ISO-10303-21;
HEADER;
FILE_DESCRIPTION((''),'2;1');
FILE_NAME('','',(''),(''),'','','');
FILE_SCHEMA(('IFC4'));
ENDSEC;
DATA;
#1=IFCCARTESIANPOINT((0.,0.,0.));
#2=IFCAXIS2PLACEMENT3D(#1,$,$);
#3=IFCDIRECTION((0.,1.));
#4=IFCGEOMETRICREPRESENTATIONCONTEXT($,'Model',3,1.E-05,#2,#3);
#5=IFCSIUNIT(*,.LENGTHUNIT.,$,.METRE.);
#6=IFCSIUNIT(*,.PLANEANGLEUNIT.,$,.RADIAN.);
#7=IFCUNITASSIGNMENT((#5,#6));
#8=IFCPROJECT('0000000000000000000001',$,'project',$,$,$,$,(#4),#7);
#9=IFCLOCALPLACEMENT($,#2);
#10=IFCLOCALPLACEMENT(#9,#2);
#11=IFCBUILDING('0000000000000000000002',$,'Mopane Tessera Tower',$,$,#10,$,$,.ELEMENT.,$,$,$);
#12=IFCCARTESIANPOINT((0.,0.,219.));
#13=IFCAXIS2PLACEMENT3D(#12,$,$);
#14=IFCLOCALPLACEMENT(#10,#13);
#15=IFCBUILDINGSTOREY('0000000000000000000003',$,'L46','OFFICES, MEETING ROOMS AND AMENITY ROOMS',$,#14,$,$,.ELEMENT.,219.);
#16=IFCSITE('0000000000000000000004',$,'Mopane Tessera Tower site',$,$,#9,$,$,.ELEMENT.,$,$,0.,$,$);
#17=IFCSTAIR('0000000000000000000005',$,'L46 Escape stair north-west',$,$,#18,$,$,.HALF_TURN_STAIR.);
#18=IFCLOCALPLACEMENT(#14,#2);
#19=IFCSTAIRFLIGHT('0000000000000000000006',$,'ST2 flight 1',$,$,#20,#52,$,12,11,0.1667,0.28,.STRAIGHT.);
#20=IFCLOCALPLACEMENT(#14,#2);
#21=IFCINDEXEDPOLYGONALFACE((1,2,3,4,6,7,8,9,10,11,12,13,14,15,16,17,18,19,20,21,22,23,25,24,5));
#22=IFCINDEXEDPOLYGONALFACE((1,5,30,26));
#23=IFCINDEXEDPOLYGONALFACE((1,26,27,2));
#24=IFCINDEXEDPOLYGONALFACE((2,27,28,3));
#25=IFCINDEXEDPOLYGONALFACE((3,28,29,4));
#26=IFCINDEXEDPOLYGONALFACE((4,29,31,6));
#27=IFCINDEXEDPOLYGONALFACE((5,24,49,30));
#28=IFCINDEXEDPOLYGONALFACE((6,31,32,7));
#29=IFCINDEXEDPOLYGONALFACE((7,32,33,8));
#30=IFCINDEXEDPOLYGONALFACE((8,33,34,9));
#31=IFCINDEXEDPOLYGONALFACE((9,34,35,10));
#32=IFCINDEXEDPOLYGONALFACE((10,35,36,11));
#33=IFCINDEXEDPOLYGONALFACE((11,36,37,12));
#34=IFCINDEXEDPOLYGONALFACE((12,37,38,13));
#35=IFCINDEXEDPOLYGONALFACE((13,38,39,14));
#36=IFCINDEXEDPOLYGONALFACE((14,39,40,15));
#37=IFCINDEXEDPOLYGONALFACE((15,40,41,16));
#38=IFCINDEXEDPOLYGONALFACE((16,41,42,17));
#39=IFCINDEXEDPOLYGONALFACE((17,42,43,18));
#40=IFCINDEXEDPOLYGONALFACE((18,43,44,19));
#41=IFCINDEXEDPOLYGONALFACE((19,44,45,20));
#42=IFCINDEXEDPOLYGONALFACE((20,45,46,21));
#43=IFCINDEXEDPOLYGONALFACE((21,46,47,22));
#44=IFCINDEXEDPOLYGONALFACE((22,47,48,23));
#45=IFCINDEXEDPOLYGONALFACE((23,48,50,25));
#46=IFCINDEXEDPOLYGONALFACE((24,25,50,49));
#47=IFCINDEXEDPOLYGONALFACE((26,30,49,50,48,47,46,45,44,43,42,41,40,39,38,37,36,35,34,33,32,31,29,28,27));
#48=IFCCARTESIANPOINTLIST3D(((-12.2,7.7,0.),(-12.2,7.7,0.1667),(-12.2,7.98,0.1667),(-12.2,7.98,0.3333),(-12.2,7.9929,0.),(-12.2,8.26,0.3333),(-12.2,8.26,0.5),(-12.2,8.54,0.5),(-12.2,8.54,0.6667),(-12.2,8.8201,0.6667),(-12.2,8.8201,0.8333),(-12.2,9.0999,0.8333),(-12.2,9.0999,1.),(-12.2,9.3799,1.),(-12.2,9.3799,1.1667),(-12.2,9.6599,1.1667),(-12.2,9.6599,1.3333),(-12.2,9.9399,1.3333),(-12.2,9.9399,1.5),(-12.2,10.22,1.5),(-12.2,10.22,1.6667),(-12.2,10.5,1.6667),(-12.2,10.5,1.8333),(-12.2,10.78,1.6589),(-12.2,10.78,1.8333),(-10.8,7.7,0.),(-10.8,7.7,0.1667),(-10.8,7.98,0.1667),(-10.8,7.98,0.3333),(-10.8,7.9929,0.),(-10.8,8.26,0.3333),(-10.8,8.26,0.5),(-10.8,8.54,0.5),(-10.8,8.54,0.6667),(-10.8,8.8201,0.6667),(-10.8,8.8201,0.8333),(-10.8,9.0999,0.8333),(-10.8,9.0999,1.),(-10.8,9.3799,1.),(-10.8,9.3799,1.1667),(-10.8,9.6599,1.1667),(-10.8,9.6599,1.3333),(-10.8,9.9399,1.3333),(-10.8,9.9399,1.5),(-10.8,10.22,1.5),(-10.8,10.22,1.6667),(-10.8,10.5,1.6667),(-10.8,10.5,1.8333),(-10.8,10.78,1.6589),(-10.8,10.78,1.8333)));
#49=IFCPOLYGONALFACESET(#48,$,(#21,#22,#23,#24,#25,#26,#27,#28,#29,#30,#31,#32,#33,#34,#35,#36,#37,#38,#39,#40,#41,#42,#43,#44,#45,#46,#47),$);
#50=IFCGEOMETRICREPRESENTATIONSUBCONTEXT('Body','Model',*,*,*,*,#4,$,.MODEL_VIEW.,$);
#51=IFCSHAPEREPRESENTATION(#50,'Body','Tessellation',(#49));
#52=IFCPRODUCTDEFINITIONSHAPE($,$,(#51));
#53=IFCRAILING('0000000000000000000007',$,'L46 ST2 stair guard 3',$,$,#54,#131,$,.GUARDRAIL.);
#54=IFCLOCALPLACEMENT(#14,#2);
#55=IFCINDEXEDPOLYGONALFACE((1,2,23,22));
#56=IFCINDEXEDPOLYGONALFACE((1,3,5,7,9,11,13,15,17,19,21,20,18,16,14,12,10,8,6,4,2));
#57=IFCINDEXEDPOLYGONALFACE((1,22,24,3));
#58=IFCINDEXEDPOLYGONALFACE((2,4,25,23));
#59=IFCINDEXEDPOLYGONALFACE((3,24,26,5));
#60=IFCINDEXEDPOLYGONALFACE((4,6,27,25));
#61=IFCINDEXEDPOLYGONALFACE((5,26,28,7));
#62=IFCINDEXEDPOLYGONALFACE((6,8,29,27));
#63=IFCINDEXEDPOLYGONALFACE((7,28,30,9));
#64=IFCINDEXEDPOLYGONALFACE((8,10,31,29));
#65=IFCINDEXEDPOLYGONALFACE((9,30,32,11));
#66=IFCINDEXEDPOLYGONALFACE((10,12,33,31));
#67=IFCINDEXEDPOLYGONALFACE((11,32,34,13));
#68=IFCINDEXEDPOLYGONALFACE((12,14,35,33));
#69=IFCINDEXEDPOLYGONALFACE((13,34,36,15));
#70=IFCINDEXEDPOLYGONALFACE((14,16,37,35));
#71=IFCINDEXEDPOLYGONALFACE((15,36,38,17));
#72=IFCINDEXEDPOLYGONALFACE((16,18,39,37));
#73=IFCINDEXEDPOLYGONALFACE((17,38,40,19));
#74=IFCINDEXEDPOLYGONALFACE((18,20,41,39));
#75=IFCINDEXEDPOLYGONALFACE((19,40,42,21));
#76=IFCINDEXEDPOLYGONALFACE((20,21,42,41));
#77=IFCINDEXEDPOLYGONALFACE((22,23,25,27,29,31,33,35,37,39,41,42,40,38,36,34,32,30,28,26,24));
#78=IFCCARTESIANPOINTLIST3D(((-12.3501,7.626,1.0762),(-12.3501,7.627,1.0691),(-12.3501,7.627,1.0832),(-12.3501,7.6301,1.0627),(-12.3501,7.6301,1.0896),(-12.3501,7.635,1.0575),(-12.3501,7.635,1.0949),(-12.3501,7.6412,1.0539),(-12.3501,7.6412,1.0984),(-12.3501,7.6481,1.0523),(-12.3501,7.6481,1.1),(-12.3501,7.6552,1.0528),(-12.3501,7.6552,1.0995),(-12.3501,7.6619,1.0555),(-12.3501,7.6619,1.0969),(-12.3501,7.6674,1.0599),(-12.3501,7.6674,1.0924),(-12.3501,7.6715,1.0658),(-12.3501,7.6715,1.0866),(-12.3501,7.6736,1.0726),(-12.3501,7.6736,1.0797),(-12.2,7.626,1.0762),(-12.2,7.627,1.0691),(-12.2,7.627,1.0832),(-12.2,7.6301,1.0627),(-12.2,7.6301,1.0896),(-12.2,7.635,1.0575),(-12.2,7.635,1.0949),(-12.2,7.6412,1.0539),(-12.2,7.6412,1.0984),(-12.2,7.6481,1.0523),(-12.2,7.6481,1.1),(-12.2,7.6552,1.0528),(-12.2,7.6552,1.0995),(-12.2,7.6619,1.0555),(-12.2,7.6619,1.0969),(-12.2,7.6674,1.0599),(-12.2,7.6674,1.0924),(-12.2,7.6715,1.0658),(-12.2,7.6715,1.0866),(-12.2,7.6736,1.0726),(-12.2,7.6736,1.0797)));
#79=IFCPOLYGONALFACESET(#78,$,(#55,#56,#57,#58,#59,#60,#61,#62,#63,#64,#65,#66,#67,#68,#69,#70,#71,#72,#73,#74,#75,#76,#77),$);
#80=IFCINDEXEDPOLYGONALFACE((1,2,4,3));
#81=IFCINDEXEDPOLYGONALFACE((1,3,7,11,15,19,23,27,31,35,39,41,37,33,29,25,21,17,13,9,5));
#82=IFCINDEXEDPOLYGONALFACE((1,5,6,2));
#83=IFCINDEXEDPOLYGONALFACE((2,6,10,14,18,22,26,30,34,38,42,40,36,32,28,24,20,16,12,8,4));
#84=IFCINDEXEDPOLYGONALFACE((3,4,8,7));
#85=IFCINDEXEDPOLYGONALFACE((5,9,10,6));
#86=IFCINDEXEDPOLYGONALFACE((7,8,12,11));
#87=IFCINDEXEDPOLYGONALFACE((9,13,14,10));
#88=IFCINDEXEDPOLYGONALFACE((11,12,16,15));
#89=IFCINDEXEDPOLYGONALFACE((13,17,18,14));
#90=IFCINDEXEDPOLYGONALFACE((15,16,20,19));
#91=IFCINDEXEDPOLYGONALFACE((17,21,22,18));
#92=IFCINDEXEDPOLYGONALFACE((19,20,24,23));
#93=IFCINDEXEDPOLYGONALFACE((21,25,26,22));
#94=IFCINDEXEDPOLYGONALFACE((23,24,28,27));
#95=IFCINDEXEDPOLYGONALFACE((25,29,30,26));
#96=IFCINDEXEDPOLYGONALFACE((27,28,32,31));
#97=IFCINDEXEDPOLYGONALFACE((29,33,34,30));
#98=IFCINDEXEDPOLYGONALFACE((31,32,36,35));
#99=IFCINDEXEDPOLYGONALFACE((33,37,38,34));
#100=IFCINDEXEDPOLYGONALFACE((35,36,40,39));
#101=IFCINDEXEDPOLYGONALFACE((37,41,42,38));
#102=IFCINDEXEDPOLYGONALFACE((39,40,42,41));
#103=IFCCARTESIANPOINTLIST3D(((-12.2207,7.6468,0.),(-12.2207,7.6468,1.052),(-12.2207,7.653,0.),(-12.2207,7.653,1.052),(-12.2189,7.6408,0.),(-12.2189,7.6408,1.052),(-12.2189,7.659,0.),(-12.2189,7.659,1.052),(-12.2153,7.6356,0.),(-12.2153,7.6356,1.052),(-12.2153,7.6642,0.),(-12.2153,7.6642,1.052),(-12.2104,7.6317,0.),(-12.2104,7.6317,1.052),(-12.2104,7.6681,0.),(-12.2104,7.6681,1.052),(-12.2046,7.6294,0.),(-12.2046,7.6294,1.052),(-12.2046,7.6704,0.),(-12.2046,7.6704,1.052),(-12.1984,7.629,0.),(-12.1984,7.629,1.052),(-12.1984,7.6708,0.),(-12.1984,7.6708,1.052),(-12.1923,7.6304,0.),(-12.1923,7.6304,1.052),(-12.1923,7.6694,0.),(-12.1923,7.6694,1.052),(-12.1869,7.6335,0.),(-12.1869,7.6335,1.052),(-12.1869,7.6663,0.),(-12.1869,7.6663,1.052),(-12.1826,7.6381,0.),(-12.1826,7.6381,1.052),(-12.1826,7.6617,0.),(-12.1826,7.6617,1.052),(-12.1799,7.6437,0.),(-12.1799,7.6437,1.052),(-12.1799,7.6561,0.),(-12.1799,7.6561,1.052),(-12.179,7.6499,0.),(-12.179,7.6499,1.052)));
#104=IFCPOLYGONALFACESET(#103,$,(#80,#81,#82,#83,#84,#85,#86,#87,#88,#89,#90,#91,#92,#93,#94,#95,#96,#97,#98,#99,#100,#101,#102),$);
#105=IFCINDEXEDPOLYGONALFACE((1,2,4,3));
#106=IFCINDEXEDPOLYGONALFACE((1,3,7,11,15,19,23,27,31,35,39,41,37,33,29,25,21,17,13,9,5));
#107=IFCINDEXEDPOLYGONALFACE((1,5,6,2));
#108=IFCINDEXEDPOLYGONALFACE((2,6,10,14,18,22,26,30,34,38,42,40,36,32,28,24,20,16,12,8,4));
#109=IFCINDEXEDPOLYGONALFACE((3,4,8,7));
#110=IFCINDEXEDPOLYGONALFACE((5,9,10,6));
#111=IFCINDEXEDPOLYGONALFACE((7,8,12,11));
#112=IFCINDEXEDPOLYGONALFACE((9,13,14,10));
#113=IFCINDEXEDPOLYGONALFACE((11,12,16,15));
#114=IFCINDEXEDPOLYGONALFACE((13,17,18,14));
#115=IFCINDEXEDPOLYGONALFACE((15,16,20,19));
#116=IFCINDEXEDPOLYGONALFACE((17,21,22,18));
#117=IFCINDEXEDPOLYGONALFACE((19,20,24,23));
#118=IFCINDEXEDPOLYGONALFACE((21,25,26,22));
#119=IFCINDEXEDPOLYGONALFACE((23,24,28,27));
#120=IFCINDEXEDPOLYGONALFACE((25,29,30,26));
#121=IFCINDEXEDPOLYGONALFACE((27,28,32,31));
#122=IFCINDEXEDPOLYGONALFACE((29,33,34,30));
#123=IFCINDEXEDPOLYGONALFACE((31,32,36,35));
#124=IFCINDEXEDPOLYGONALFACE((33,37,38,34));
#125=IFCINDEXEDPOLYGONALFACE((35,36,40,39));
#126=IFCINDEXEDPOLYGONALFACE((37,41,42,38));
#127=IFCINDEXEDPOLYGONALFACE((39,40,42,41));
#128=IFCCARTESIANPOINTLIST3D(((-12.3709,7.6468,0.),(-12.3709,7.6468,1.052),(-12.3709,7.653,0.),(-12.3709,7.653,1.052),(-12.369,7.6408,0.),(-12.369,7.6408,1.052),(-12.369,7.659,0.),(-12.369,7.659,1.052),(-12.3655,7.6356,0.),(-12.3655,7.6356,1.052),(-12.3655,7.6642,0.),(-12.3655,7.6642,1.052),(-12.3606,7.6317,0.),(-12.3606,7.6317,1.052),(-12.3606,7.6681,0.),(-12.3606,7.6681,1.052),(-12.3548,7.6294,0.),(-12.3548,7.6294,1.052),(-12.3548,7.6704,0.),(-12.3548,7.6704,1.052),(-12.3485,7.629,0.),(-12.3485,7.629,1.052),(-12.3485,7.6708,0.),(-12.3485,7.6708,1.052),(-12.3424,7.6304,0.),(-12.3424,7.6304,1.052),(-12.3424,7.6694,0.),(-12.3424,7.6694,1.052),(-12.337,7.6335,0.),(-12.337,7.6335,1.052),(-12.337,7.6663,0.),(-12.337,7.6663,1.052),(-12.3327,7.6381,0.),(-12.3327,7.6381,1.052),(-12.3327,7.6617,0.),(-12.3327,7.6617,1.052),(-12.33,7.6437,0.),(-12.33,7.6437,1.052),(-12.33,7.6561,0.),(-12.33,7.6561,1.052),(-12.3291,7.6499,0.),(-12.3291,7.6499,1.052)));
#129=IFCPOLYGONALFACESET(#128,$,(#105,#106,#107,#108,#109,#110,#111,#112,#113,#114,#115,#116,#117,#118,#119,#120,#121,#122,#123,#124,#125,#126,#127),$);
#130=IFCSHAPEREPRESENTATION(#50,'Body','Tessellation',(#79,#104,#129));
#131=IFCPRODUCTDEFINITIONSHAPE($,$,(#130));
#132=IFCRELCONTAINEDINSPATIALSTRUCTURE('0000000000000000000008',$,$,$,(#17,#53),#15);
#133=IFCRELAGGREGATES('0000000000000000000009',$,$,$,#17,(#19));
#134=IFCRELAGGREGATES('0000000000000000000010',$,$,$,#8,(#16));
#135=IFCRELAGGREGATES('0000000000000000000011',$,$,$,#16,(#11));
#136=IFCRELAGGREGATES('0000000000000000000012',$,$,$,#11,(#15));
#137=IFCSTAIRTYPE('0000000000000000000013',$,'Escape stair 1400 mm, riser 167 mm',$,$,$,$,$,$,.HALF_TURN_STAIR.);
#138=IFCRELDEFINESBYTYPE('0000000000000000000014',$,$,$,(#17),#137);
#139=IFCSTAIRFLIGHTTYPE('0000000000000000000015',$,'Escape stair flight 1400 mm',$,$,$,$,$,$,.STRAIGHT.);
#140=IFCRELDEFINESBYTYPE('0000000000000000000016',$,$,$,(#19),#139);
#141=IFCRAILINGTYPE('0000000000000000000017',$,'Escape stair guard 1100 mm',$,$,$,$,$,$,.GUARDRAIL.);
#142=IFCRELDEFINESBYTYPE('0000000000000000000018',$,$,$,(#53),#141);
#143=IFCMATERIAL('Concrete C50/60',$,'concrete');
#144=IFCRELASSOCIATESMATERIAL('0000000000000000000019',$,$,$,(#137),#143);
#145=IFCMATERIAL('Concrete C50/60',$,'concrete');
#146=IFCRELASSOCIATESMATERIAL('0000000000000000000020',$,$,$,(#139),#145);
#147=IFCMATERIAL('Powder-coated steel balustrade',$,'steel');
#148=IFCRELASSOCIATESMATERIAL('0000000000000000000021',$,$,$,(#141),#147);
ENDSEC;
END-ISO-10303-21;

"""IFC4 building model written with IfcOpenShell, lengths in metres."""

from ifc_helpers import new_model, si_unit, direction, frame, origin, origin_2d, place, context, subcontext, project, spatial, polyline, circle, outline, extrude, material, type_object, element, aggregate, save


model = new_model("IFC4")

# Units and contexts
model_context = context("Model", 3, precision=1e-05, world=origin(), true_north=direction((0.0, 1.0)))
body_context = subcontext(model_context, "Body", "Model", "MODEL_VIEW")
ifc_project = project(units=[si_unit("LENGTHUNIT", "METRE"), si_unit("PLANEANGLEUNIT", "RADIAN")], contexts=[model_context])

# Site, building, storey
site_placement = place(None, origin())
site = spatial("IfcSite", under=ifc_project, at=site_placement, Name="Mopane Tessera Tower site", CompositionType="ELEMENT", RefElevation=0.0)
building_placement = place(site_placement, origin())
building = spatial("IfcBuilding", under=site, at=building_placement, Name="Mopane Tessera Tower", CompositionType="ELEMENT")
storey_placement = place(building_placement, frame((0.0, 0.0, 219.0)))
storey = spatial("IfcBuildingStorey", under=building, at=storey_placement, Name="L46", Description="OFFICES, MEETING ROOMS AND AMENITY ROOMS", CompositionType="ELEMENT", Elevation=219.0)

# Stair, stair flight
ifc_material_1 = material(Name="Concrete C50/60", Category="concrete")
stair_type = type_object("IfcStairType", Name="Escape stair 1400 mm, riser 167 mm", PredefinedType="HALF_TURN_STAIR", material=ifc_material_1)
stair_placement = place(storey_placement, origin())
stair = element("IfcStair", 1, at=stair_placement, inside=storey, type_object=stair_type, Name="L46 Escape stair north-west", PredefinedType="HALF_TURN_STAIR")
ifc_material_2 = material(Name="Concrete C50/60", Category="concrete")
stair_flight_type = type_object("IfcStairFlightType", Name="Escape stair flight 1400 mm", PredefinedType="STRAIGHT", material=ifc_material_2)
stair_flight_placement = place(storey_placement, frame((-11.5, 7.7, 0.0), z_axis=(0.0, 0.0, 1.0), x_axis=(0.0, 1.0, 0.0)))
stair_flight = element("IfcStairFlight", 2, at=stair_flight_placement, type_object=stair_flight_type, Name="ST2 flight 1", NumberOfRisers=12, NumberOfTreads=11, PredefinedType="STRAIGHT", RiserHeight=0.1667, TreadLength=0.28, context=body_context, shape_type="SweptSolid", body=[
    extrude(outline(polyline([(0.0, 0.0), (0.0, 0.1667), (0.28, 0.1667), (0.28, 0.3333), (0.5601, 0.3333), (0.5601, 0.5), (0.8401, 0.5), (0.8401, 0.6667), (1.1201, 0.6667), (1.1201, 0.8333), (1.3999, 0.8333), (1.3999, 1.0), (1.6799, 1.0), (1.6799, 1.1667), (1.96, 1.1667), (1.96, 1.3333), (2.24, 1.3333), (2.24, 1.5), (2.52, 1.5), (2.52, 1.6667), (2.8, 1.6667), (2.8, 1.8333), (3.0801, 1.8333), (3.0801, 2.0), (3.0801, 1.6589), (0.293, 0.0), (0.0, 0.0)])), frame((0.0, 0.7, 0.0), z_axis=(0.0, -1.0, 0.0), x_axis=(1.0, 0.0, 0.0)), (0.0, 0.0, 1.0), 1.3999),
])
aggregate(stair, [stair_flight])

# Railing
ifc_material_3 = material(Name="Powder-coated steel balustrade", Category="steel")
railing_type_1 = type_object("IfcRailingType", Name="Escape stair guard 1100 mm", PredefinedType="GUARDRAIL", material=ifc_material_3)
railing_1_placement = place(storey_placement, frame((-12.2, 7.6499, 0.0)))
element("IfcRailing", 3, at=railing_1_placement, inside=storey, type_object=railing_type_1, Name="L46 ST2 stair guard 3", PredefinedType="GUARDRAIL", context=body_context, shape_type="SweptSolid", body=[
    extrude(circle(Radius=0.0239, at=origin_2d()), frame((0.0, 0.0, 1.0762), z_axis=(-1.0, 0.0, 0.0), x_axis=(0.0, -1.0, 0.0)), (0.0, 0.0, 1.0), 0.1501),
    extrude(circle(Radius=0.021, at=origin_2d()), origin(), (0.0, 0.0, 1.0), 1.052),
    extrude(circle(Radius=0.021, at=origin_2d()), frame((-0.1501, 0.0, 0.0)), (0.0, 0.0, 1.0), 1.052),
])

save(model, "model.ifc")
